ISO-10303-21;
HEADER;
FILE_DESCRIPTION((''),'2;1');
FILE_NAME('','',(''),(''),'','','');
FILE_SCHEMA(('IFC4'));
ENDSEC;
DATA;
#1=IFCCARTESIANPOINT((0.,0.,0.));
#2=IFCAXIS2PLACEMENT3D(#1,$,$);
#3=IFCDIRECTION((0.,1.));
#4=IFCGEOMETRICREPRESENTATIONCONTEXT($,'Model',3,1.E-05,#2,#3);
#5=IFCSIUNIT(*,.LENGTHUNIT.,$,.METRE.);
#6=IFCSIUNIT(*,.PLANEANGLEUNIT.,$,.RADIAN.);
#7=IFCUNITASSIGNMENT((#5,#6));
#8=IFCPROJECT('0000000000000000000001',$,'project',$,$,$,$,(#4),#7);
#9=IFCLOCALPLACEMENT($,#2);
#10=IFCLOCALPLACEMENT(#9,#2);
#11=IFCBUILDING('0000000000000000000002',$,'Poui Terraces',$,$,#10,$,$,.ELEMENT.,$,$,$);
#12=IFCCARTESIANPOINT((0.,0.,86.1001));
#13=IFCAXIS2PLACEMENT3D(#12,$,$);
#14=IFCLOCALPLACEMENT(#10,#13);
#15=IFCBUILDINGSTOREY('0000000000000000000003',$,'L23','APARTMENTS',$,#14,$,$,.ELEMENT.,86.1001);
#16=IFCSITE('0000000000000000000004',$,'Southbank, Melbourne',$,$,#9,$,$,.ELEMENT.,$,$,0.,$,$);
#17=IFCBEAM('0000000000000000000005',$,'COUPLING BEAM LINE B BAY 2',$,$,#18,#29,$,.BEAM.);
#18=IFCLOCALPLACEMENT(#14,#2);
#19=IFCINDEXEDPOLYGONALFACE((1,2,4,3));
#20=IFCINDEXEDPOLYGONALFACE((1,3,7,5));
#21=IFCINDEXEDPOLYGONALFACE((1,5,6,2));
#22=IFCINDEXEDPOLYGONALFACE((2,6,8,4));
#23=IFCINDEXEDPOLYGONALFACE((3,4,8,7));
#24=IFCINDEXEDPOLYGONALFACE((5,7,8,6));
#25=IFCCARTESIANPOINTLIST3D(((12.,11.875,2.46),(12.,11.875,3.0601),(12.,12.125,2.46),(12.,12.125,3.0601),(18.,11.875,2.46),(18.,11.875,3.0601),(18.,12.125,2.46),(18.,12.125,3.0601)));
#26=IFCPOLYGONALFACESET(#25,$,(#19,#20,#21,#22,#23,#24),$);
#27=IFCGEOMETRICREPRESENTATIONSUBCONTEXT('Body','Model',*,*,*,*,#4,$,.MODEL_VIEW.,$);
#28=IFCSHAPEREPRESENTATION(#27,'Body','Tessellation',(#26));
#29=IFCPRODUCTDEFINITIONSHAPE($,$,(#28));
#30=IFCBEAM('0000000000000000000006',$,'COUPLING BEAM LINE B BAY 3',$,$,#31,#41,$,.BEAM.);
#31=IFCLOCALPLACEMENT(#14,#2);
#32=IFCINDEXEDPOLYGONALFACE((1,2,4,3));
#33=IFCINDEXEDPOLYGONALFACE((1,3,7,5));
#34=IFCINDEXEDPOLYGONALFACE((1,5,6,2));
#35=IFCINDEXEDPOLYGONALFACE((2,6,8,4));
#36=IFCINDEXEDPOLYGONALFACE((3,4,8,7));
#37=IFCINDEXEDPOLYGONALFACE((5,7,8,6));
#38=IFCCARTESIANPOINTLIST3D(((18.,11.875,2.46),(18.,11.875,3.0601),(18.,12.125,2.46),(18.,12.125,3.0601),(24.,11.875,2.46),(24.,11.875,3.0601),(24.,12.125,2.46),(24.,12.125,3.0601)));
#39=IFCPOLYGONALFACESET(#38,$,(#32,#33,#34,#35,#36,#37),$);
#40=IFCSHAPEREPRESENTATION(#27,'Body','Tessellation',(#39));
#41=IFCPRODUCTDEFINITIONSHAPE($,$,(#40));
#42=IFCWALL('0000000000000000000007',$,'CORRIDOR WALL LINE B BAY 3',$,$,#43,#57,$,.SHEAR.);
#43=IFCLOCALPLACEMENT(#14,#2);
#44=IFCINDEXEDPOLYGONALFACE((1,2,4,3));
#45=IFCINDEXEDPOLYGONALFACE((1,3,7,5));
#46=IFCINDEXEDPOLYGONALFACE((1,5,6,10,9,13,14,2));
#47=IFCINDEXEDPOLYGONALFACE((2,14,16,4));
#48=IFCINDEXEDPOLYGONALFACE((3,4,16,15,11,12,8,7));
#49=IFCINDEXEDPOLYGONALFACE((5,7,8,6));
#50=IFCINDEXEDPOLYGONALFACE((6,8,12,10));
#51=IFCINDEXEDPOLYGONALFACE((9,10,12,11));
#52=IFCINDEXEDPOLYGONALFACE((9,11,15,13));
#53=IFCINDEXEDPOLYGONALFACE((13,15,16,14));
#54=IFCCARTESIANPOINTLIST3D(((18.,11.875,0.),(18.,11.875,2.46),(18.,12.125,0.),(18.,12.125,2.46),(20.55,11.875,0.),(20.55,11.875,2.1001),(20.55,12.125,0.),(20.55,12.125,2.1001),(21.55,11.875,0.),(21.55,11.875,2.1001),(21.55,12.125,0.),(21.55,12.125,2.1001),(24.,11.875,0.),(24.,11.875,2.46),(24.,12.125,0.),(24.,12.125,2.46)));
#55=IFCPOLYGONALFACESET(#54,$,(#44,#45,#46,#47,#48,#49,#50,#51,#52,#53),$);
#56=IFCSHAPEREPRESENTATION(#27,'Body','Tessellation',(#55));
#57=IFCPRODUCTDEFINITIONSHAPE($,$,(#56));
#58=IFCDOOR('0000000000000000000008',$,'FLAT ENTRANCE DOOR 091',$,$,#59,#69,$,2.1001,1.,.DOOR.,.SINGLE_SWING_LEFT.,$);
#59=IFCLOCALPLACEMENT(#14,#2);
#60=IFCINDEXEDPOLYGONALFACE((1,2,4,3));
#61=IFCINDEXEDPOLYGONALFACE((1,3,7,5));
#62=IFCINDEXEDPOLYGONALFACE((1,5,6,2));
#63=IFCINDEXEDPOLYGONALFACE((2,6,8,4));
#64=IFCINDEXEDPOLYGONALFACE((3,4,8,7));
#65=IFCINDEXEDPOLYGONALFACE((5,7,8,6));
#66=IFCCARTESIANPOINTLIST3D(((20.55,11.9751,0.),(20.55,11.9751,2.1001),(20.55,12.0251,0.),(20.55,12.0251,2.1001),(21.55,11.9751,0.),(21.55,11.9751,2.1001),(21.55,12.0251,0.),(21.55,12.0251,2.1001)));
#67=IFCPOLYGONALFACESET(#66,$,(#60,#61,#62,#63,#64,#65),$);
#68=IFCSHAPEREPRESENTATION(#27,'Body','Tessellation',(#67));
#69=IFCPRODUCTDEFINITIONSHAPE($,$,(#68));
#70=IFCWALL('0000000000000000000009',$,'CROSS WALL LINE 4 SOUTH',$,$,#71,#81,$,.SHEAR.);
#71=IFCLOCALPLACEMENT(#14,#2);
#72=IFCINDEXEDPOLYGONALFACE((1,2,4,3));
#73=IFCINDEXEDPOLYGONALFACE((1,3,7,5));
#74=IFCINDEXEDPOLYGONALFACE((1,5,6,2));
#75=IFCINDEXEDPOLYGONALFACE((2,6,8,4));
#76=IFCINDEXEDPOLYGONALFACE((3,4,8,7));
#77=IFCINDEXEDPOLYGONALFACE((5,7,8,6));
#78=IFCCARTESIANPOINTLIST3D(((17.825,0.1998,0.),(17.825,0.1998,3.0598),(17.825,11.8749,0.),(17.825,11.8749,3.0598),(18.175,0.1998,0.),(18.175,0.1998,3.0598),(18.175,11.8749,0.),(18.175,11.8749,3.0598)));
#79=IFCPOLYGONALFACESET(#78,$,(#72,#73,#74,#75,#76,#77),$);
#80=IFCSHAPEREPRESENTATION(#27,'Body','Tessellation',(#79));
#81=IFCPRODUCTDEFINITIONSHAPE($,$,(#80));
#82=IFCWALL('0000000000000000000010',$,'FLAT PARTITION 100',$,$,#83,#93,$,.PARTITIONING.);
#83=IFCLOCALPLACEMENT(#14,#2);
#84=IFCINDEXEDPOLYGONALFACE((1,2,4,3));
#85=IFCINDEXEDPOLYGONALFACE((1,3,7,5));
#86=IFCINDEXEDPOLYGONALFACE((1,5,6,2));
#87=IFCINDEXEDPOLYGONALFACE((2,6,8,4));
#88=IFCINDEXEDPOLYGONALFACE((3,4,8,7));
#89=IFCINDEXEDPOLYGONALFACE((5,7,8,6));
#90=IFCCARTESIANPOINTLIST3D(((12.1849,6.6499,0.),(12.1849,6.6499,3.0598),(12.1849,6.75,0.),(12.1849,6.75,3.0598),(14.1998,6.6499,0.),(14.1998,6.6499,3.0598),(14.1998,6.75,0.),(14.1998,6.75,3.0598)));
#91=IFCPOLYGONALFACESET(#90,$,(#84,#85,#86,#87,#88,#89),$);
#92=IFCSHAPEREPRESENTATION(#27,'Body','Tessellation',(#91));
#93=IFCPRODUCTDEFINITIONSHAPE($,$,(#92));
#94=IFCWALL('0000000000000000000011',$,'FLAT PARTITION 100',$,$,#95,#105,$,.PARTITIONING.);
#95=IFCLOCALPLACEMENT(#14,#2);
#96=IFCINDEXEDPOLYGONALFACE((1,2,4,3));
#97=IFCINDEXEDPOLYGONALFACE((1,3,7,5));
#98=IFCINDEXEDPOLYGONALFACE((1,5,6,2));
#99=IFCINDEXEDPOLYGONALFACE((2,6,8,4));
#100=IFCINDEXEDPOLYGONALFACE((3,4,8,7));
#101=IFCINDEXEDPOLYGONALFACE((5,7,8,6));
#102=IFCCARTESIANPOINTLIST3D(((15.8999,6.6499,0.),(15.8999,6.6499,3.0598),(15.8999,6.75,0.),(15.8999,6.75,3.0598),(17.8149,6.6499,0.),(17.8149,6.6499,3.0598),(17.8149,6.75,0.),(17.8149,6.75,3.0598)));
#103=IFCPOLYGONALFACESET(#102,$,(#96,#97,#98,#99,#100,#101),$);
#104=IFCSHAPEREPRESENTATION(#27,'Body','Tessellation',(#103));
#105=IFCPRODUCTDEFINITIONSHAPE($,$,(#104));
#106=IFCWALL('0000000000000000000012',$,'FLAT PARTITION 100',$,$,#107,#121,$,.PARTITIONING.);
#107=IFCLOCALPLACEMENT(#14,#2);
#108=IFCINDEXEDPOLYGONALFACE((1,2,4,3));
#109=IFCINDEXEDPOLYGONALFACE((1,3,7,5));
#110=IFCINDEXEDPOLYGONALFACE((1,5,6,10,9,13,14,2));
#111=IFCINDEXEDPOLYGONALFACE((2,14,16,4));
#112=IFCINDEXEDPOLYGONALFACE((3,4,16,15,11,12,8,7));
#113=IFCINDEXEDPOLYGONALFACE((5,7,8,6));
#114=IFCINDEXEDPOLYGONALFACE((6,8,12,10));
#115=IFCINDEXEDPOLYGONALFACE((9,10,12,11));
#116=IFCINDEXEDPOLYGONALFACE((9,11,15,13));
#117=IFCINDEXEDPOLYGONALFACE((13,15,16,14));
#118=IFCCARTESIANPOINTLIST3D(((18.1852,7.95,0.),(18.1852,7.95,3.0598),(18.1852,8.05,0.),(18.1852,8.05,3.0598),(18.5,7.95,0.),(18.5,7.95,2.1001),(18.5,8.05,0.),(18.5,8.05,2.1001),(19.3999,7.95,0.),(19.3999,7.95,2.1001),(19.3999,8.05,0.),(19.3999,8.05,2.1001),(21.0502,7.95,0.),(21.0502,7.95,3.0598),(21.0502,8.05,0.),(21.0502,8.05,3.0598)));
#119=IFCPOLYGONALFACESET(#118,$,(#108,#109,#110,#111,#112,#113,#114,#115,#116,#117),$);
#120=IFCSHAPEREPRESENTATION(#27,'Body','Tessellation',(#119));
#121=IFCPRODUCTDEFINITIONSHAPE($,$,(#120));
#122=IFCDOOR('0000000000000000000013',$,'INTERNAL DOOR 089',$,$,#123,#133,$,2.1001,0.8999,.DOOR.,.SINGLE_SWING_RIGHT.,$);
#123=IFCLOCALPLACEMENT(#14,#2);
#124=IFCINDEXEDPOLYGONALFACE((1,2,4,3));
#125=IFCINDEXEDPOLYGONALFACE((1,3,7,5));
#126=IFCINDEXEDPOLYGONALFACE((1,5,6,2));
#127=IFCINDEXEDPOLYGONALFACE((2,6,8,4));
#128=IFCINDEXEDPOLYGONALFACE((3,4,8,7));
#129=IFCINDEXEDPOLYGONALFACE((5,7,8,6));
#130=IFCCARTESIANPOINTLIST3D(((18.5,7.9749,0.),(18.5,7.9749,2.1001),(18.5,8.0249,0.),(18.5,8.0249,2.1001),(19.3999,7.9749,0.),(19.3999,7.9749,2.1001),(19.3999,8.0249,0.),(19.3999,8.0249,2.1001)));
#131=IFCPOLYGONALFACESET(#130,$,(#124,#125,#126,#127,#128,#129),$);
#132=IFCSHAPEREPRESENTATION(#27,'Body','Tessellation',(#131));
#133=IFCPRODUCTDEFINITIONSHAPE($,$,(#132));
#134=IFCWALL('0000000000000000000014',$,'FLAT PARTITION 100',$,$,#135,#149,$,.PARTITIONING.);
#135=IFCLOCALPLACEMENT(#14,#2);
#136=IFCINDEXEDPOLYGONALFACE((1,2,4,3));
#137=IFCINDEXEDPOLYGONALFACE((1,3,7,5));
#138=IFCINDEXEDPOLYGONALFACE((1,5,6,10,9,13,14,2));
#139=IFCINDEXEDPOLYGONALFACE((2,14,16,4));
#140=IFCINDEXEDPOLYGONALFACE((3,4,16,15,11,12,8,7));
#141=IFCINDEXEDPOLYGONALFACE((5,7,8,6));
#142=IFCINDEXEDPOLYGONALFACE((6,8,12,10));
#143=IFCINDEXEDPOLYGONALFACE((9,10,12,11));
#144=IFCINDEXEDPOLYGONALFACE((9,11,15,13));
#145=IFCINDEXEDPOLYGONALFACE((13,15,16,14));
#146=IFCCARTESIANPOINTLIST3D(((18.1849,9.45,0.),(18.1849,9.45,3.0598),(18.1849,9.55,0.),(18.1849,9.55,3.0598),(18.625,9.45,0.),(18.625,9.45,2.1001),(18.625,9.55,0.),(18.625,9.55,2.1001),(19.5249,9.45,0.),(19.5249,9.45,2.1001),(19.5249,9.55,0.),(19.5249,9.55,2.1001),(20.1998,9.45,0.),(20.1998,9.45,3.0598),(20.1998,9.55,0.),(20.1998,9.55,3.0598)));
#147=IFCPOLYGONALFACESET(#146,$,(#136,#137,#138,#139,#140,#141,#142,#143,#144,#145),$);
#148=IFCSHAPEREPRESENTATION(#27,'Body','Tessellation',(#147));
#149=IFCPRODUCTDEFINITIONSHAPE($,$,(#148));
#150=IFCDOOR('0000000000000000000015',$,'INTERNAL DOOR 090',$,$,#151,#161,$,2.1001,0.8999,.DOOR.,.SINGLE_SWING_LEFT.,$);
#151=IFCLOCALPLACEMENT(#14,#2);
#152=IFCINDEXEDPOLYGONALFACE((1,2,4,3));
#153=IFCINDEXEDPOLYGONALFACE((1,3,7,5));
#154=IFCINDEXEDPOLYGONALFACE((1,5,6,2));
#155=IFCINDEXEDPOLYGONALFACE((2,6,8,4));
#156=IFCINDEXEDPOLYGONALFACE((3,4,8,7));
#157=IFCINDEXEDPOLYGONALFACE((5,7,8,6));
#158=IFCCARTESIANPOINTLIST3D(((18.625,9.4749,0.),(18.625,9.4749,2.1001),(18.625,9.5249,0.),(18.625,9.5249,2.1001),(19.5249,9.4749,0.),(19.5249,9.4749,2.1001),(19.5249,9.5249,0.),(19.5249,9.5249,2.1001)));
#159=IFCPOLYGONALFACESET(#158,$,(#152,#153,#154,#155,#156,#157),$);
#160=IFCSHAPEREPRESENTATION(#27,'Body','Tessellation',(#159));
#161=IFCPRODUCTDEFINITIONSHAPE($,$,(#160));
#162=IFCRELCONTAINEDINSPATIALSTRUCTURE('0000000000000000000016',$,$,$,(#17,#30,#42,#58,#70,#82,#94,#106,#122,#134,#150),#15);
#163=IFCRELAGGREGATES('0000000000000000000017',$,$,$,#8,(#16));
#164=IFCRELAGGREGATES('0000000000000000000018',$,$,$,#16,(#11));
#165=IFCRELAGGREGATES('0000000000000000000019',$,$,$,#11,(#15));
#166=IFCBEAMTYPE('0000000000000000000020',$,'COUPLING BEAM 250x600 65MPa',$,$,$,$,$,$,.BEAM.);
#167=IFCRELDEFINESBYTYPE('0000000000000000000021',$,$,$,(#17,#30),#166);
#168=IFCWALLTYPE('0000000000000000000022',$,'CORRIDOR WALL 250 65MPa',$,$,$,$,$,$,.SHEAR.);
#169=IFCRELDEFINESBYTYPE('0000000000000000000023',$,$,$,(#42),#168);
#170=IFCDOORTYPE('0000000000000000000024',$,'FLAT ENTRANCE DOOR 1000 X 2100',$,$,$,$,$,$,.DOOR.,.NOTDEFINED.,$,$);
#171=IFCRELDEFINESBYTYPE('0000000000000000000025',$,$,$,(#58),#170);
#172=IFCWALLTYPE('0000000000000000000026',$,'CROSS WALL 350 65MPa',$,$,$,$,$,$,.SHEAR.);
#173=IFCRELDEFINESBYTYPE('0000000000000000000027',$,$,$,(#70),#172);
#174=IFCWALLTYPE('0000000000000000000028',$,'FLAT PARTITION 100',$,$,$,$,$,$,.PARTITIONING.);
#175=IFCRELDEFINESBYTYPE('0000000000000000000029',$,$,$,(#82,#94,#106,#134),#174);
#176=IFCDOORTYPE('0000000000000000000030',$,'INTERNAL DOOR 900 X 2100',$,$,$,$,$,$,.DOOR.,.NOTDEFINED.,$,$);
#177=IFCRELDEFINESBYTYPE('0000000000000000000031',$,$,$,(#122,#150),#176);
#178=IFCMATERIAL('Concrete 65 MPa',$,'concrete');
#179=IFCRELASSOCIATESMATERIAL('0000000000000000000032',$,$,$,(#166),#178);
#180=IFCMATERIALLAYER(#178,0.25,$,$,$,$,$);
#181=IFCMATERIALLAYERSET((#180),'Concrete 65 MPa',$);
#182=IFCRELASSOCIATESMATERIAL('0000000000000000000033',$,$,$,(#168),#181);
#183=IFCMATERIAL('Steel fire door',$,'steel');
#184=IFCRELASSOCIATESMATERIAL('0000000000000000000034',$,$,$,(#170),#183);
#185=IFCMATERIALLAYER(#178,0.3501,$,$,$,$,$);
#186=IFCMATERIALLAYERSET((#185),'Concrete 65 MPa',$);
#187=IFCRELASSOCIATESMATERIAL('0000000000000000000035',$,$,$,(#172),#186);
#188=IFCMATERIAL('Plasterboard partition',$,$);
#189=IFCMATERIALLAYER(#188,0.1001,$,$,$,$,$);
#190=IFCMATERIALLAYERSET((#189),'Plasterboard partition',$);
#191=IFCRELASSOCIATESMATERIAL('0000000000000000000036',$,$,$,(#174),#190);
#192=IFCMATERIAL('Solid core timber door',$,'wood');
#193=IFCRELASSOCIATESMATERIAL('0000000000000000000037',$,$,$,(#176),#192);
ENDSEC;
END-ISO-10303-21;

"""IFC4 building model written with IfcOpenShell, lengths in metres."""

from ifc_helpers import new_model, si_unit, direction, frame, frame_2d, origin, origin_2d, place, context, subcontext, project, spatial, rectangle, extrude, source, transform, mapped, material, layer, layer_set, material_profile, profile_set, type_object, element, fill, save


model = new_model("IFC4")

# Units and contexts
model_context = context("Model", 3, precision=1e-05, world=origin(), true_north=direction((0.0, 1.0)))
body_context = subcontext(model_context, "Body", "Model", "MODEL_VIEW")
ifc_project = project(units=[si_unit("LENGTHUNIT", "METRE"), si_unit("PLANEANGLEUNIT", "RADIAN")], contexts=[model_context])

# Site, building, storey
site_placement = place(None, origin())
site = spatial("IfcSite", under=ifc_project, at=site_placement, Name="Southbank, Melbourne", CompositionType="ELEMENT", RefElevation=0.0)
building_placement = place(site_placement, origin())
building = spatial("IfcBuilding", under=site, at=building_placement, Name="Poui Terraces", CompositionType="ELEMENT")
storey_placement = place(building_placement, frame((0.0, 0.0, 86.1001)))
storey = spatial("IfcBuildingStorey", under=building, at=storey_placement, Name="L23", Description="APARTMENTS", CompositionType="ELEMENT", Elevation=86.1001)

# Beams
ifc_material_1 = material(Name="Concrete 65 MPa", Category="concrete")
ifc_material_profile_1 = material_profile(ifc_material_1, rectangle(XDim=0.25, YDim=0.6001, at=origin_2d()), Name="RC 250x600")
ifc_profile_set_1 = profile_set([ifc_material_profile_1], Name="Concrete 65 MPa")
beam_type = type_object("IfcBeamType", Name="COUPLING BEAM 250x600 65MPa", PredefinedType="BEAM", material=ifc_profile_set_1)
shared_shape_1 = source(origin(), body_context, "Body", "SweptSolid", [
    extrude(rectangle(XDim=0.25, YDim=0.6001, at=origin_2d()), origin(), (0.0, 0.0, 1.0), 6.0),
])
for number, where, z_axis, x_axis, name in (
    (1, (12.0, 12.0, 2.76), (1.0, 0.0, 0.0), (0.0, 1.0, 0.0), "COUPLING BEAM LINE B BAY 2"),
    (2, (18.0, 12.0, 2.76), (1.0, 0.0, 0.0), (0.0, 1.0, 0.0), "COUPLING BEAM LINE B BAY 3"),
):
    element("IfcBeam", number, at=place(storey_placement, frame(where, z_axis=z_axis, x_axis=x_axis)), inside=storey, type_object=beam_type, Name=name, PredefinedType="BEAM", context=body_context, shape_type="MappedRepresentation", body=[
        mapped(shared_shape_1, transform((0.0, 0.0, 0.0))),
    ])

# Wall, opening, door
ifc_layer_1 = layer(ifc_material_1, 0.25)
ifc_layer_set_1 = layer_set([ifc_layer_1], Name="Concrete 65 MPa")
wall_type_1 = type_object("IfcWallType", Name="CORRIDOR WALL 250 65MPa", PredefinedType="SHEAR", material=ifc_layer_set_1)
wall_1_placement = place(storey_placement, frame((18.0, 12.0, 0.0), z_axis=(0.0, 0.0, 1.0), x_axis=(1.0, 0.0, 0.0)))
wall_1 = element("IfcWall", 3, at=wall_1_placement, inside=storey, type_object=wall_type_1, Name="CORRIDOR WALL LINE B BAY 3", PredefinedType="SHEAR", context=body_context, shape_type="SweptSolid", body=[
    extrude(rectangle(XDim=6.0, YDim=0.25, at=frame_2d((3.0, 0.0))), origin(), (0.0, 0.0, 1.0), 2.46),
])
opening_1_placement = place(wall_1_placement, frame((2.55, 0.0, 0.0)))
opening_1 = element("IfcOpeningElement", 4, at=opening_1_placement, cuts=wall_1, PredefinedType="OPENING", context=body_context, shape_type="SweptSolid", body=[
    extrude(rectangle(XDim=1.0, YDim=2.1001, at=frame_2d((0.5, 1.05))), frame((0.0, 0.135, 0.0), z_axis=(0.0, -1.0, 0.0), x_axis=(1.0, 0.0, 0.0)), (0.0, 0.0, 1.0), 0.27),
])
ifc_material_2 = material(Name="Steel fire door", Category="steel")
door_type_1 = type_object("IfcDoorType", Name="FLAT ENTRANCE DOOR 1000 X 2100", OperationType="NOTDEFINED", PredefinedType="DOOR", material=ifc_material_2)
door_1_placement = place(opening_1_placement, frame((1.0, 0.0, 0.0), z_axis=(0.0, 0.0, 1.0), x_axis=(-1.0, 0.0, 0.0)))
door_1 = element("IfcDoor", 5, at=door_1_placement, inside=storey, type_object=door_type_1, Name="FLAT ENTRANCE DOOR 091", OperationType="SINGLE_SWING_LEFT", OverallHeight=2.1001, OverallWidth=1.0, PredefinedType="DOOR", context=body_context, shape_type="SweptSolid", body=[
    extrude(rectangle(XDim=1.0, YDim=2.1001, at=frame_2d((0.5, 1.05))), frame((0.0, 0.0249, 0.0), z_axis=(0.0, -1.0, 0.0), x_axis=(1.0, 0.0, 0.0)), (0.0, 0.0, 1.0), 0.05),
])
fill(opening_1, door_1)

# Walls
ifc_layer_2 = layer(ifc_material_1, 0.3501)
ifc_layer_set_2 = layer_set([ifc_layer_2], Name="Concrete 65 MPa")
wall_type_2 = type_object("IfcWallType", Name="CROSS WALL 350 65MPa", PredefinedType="SHEAR", material=ifc_layer_set_2)
wall_2_placement = place(storey_placement, frame((18.0, 0.2, 0.0), z_axis=(0.0, 0.0, 1.0), x_axis=(0.0, 1.0, 0.0)))
element("IfcWall", 6, at=wall_2_placement, inside=storey, type_object=wall_type_2, Name="CROSS WALL LINE 4 SOUTH", PredefinedType="SHEAR", context=body_context, shape_type="SweptSolid", body=[
    extrude(rectangle(XDim=11.675, YDim=0.3501, at=frame_2d((5.8374, 0.0))), origin(), (0.0, 0.0, 1.0), 3.0598),
])
ifc_material_3 = material(Name="Plasterboard partition")
ifc_layer_3 = layer(ifc_material_3, 0.1001)
ifc_layer_set_3 = layer_set([ifc_layer_3], Name="Plasterboard partition")
wall_type_3 = type_object("IfcWallType", Name="FLAT PARTITION 100", PredefinedType="PARTITIONING", material=ifc_layer_set_3)
wall_3_placement = place(storey_placement, frame((12.1851, 6.7, 0.0), z_axis=(0.0, 0.0, 1.0), x_axis=(1.0, 0.0, 0.0)))
element("IfcWall", 7, at=wall_3_placement, inside=storey, type_object=wall_type_3, Name="FLAT PARTITION 100", PredefinedType="PARTITIONING", context=body_context, shape_type="SweptSolid", body=[
    extrude(rectangle(XDim=2.0149, YDim=0.1001, at=frame_2d((1.0073, 0.0))), origin(), (0.0, 0.0, 1.0), 3.0598),
])
wall_4_placement = place(storey_placement, frame((15.8999, 6.7, 0.0), z_axis=(0.0, 0.0, 1.0), x_axis=(1.0, 0.0, 0.0)))
element("IfcWall", 8, at=wall_4_placement, inside=storey, type_object=wall_type_3, Name="FLAT PARTITION 100", PredefinedType="PARTITIONING", context=body_context, shape_type="SweptSolid", body=[
    extrude(rectangle(XDim=1.915, YDim=0.1001, at=frame_2d((0.9575, 0.0))), origin(), (0.0, 0.0, 1.0), 3.0598),
])

# Walls, openings, doors
wall_5_placement = place(storey_placement, frame((18.1851, 8.0, 0.0), z_axis=(0.0, 0.0, 1.0), x_axis=(1.0, 0.0, 0.0)))
wall_5 = element("IfcWall", 9, at=wall_5_placement, inside=storey, type_object=wall_type_3, Name="FLAT PARTITION 100", PredefinedType="PARTITIONING", context=body_context, shape_type="SweptSolid", body=[
    extrude(rectangle(XDim=2.865, YDim=0.1001, at=frame_2d((1.4326, 0.0))), origin(), (0.0, 0.0, 1.0), 3.0598),
])
opening_2_placement = place(wall_5_placement, frame((0.3149, 0.0, 0.0)))
opening_2 = element("IfcOpeningElement", 10, at=opening_2_placement, cuts=wall_5, PredefinedType="OPENING", context=body_context, shape_type="SweptSolid", body=[
    extrude(rectangle(XDim=0.8999, YDim=2.1001, at=frame_2d((0.45, 1.05))), frame((0.0, 0.0601, 0.0), z_axis=(0.0, -1.0, 0.0), x_axis=(1.0, 0.0, 0.0)), (0.0, 0.0, 1.0), 0.1201),
])
ifc_material_4 = material(Name="Solid core timber door", Category="wood")
door_type_2 = type_object("IfcDoorType", Name="INTERNAL DOOR 900 X 2100", OperationType="NOTDEFINED", PredefinedType="DOOR", material=ifc_material_4)
door_2_placement = place(opening_2_placement, origin())
door_2 = element("IfcDoor", 11, at=door_2_placement, inside=storey, type_object=door_type_2, Name="INTERNAL DOOR 089", OperationType="SINGLE_SWING_RIGHT", OverallHeight=2.1001, OverallWidth=0.8999, PredefinedType="DOOR", context=body_context, shape_type="SweptSolid", body=[
    extrude(rectangle(XDim=0.8999, YDim=2.1001, at=frame_2d((0.45, 1.05))), frame((0.0, 0.0249, 0.0), z_axis=(0.0, -1.0, 0.0), x_axis=(1.0, 0.0, 0.0)), (0.0, 0.0, 1.0), 0.05),
])
fill(opening_2, door_2)
wall_6_placement = place(storey_placement, frame((18.1851, 9.5, 0.0), z_axis=(0.0, 0.0, 1.0), x_axis=(1.0, 0.0, 0.0)))
wall_6 = element("IfcWall", 12, at=wall_6_placement, inside=storey, type_object=wall_type_3, Name="FLAT PARTITION 100", PredefinedType="PARTITIONING", context=body_context, shape_type="SweptSolid", body=[
    extrude(rectangle(XDim=2.0149, YDim=0.1001, at=frame_2d((1.0073, 0.0))), origin(), (0.0, 0.0, 1.0), 3.0598),
])
opening_3_placement = place(wall_6_placement, frame((0.4399, 0.0, 0.0)))
opening_3 = element("IfcOpeningElement", 13, at=opening_3_placement, cuts=wall_6, PredefinedType="OPENING", context=body_context, shape_type="SweptSolid", body=[
    extrude(rectangle(XDim=0.8999, YDim=2.1001, at=frame_2d((0.45, 1.05))), frame((0.0, 0.0601, 0.0), z_axis=(0.0, -1.0, 0.0), x_axis=(1.0, 0.0, 0.0)), (0.0, 0.0, 1.0), 0.1201),
])
door_3_placement = place(opening_3_placement, origin())
door_3 = element("IfcDoor", 14, at=door_3_placement, inside=storey, type_object=door_type_2, Name="INTERNAL DOOR 090", OperationType="SINGLE_SWING_LEFT", OverallHeight=2.1001, OverallWidth=0.8999, PredefinedType="DOOR", context=body_context, shape_type="SweptSolid", body=[
    extrude(rectangle(XDim=0.8999, YDim=2.1001, at=frame_2d((0.45, 1.05))), frame((0.0, 0.0249, 0.0), z_axis=(0.0, -1.0, 0.0), x_axis=(1.0, 0.0, 0.0)), (0.0, 0.0, 1.0), 0.05),
])
fill(opening_3, door_3)

save(model, "model.ifc")
